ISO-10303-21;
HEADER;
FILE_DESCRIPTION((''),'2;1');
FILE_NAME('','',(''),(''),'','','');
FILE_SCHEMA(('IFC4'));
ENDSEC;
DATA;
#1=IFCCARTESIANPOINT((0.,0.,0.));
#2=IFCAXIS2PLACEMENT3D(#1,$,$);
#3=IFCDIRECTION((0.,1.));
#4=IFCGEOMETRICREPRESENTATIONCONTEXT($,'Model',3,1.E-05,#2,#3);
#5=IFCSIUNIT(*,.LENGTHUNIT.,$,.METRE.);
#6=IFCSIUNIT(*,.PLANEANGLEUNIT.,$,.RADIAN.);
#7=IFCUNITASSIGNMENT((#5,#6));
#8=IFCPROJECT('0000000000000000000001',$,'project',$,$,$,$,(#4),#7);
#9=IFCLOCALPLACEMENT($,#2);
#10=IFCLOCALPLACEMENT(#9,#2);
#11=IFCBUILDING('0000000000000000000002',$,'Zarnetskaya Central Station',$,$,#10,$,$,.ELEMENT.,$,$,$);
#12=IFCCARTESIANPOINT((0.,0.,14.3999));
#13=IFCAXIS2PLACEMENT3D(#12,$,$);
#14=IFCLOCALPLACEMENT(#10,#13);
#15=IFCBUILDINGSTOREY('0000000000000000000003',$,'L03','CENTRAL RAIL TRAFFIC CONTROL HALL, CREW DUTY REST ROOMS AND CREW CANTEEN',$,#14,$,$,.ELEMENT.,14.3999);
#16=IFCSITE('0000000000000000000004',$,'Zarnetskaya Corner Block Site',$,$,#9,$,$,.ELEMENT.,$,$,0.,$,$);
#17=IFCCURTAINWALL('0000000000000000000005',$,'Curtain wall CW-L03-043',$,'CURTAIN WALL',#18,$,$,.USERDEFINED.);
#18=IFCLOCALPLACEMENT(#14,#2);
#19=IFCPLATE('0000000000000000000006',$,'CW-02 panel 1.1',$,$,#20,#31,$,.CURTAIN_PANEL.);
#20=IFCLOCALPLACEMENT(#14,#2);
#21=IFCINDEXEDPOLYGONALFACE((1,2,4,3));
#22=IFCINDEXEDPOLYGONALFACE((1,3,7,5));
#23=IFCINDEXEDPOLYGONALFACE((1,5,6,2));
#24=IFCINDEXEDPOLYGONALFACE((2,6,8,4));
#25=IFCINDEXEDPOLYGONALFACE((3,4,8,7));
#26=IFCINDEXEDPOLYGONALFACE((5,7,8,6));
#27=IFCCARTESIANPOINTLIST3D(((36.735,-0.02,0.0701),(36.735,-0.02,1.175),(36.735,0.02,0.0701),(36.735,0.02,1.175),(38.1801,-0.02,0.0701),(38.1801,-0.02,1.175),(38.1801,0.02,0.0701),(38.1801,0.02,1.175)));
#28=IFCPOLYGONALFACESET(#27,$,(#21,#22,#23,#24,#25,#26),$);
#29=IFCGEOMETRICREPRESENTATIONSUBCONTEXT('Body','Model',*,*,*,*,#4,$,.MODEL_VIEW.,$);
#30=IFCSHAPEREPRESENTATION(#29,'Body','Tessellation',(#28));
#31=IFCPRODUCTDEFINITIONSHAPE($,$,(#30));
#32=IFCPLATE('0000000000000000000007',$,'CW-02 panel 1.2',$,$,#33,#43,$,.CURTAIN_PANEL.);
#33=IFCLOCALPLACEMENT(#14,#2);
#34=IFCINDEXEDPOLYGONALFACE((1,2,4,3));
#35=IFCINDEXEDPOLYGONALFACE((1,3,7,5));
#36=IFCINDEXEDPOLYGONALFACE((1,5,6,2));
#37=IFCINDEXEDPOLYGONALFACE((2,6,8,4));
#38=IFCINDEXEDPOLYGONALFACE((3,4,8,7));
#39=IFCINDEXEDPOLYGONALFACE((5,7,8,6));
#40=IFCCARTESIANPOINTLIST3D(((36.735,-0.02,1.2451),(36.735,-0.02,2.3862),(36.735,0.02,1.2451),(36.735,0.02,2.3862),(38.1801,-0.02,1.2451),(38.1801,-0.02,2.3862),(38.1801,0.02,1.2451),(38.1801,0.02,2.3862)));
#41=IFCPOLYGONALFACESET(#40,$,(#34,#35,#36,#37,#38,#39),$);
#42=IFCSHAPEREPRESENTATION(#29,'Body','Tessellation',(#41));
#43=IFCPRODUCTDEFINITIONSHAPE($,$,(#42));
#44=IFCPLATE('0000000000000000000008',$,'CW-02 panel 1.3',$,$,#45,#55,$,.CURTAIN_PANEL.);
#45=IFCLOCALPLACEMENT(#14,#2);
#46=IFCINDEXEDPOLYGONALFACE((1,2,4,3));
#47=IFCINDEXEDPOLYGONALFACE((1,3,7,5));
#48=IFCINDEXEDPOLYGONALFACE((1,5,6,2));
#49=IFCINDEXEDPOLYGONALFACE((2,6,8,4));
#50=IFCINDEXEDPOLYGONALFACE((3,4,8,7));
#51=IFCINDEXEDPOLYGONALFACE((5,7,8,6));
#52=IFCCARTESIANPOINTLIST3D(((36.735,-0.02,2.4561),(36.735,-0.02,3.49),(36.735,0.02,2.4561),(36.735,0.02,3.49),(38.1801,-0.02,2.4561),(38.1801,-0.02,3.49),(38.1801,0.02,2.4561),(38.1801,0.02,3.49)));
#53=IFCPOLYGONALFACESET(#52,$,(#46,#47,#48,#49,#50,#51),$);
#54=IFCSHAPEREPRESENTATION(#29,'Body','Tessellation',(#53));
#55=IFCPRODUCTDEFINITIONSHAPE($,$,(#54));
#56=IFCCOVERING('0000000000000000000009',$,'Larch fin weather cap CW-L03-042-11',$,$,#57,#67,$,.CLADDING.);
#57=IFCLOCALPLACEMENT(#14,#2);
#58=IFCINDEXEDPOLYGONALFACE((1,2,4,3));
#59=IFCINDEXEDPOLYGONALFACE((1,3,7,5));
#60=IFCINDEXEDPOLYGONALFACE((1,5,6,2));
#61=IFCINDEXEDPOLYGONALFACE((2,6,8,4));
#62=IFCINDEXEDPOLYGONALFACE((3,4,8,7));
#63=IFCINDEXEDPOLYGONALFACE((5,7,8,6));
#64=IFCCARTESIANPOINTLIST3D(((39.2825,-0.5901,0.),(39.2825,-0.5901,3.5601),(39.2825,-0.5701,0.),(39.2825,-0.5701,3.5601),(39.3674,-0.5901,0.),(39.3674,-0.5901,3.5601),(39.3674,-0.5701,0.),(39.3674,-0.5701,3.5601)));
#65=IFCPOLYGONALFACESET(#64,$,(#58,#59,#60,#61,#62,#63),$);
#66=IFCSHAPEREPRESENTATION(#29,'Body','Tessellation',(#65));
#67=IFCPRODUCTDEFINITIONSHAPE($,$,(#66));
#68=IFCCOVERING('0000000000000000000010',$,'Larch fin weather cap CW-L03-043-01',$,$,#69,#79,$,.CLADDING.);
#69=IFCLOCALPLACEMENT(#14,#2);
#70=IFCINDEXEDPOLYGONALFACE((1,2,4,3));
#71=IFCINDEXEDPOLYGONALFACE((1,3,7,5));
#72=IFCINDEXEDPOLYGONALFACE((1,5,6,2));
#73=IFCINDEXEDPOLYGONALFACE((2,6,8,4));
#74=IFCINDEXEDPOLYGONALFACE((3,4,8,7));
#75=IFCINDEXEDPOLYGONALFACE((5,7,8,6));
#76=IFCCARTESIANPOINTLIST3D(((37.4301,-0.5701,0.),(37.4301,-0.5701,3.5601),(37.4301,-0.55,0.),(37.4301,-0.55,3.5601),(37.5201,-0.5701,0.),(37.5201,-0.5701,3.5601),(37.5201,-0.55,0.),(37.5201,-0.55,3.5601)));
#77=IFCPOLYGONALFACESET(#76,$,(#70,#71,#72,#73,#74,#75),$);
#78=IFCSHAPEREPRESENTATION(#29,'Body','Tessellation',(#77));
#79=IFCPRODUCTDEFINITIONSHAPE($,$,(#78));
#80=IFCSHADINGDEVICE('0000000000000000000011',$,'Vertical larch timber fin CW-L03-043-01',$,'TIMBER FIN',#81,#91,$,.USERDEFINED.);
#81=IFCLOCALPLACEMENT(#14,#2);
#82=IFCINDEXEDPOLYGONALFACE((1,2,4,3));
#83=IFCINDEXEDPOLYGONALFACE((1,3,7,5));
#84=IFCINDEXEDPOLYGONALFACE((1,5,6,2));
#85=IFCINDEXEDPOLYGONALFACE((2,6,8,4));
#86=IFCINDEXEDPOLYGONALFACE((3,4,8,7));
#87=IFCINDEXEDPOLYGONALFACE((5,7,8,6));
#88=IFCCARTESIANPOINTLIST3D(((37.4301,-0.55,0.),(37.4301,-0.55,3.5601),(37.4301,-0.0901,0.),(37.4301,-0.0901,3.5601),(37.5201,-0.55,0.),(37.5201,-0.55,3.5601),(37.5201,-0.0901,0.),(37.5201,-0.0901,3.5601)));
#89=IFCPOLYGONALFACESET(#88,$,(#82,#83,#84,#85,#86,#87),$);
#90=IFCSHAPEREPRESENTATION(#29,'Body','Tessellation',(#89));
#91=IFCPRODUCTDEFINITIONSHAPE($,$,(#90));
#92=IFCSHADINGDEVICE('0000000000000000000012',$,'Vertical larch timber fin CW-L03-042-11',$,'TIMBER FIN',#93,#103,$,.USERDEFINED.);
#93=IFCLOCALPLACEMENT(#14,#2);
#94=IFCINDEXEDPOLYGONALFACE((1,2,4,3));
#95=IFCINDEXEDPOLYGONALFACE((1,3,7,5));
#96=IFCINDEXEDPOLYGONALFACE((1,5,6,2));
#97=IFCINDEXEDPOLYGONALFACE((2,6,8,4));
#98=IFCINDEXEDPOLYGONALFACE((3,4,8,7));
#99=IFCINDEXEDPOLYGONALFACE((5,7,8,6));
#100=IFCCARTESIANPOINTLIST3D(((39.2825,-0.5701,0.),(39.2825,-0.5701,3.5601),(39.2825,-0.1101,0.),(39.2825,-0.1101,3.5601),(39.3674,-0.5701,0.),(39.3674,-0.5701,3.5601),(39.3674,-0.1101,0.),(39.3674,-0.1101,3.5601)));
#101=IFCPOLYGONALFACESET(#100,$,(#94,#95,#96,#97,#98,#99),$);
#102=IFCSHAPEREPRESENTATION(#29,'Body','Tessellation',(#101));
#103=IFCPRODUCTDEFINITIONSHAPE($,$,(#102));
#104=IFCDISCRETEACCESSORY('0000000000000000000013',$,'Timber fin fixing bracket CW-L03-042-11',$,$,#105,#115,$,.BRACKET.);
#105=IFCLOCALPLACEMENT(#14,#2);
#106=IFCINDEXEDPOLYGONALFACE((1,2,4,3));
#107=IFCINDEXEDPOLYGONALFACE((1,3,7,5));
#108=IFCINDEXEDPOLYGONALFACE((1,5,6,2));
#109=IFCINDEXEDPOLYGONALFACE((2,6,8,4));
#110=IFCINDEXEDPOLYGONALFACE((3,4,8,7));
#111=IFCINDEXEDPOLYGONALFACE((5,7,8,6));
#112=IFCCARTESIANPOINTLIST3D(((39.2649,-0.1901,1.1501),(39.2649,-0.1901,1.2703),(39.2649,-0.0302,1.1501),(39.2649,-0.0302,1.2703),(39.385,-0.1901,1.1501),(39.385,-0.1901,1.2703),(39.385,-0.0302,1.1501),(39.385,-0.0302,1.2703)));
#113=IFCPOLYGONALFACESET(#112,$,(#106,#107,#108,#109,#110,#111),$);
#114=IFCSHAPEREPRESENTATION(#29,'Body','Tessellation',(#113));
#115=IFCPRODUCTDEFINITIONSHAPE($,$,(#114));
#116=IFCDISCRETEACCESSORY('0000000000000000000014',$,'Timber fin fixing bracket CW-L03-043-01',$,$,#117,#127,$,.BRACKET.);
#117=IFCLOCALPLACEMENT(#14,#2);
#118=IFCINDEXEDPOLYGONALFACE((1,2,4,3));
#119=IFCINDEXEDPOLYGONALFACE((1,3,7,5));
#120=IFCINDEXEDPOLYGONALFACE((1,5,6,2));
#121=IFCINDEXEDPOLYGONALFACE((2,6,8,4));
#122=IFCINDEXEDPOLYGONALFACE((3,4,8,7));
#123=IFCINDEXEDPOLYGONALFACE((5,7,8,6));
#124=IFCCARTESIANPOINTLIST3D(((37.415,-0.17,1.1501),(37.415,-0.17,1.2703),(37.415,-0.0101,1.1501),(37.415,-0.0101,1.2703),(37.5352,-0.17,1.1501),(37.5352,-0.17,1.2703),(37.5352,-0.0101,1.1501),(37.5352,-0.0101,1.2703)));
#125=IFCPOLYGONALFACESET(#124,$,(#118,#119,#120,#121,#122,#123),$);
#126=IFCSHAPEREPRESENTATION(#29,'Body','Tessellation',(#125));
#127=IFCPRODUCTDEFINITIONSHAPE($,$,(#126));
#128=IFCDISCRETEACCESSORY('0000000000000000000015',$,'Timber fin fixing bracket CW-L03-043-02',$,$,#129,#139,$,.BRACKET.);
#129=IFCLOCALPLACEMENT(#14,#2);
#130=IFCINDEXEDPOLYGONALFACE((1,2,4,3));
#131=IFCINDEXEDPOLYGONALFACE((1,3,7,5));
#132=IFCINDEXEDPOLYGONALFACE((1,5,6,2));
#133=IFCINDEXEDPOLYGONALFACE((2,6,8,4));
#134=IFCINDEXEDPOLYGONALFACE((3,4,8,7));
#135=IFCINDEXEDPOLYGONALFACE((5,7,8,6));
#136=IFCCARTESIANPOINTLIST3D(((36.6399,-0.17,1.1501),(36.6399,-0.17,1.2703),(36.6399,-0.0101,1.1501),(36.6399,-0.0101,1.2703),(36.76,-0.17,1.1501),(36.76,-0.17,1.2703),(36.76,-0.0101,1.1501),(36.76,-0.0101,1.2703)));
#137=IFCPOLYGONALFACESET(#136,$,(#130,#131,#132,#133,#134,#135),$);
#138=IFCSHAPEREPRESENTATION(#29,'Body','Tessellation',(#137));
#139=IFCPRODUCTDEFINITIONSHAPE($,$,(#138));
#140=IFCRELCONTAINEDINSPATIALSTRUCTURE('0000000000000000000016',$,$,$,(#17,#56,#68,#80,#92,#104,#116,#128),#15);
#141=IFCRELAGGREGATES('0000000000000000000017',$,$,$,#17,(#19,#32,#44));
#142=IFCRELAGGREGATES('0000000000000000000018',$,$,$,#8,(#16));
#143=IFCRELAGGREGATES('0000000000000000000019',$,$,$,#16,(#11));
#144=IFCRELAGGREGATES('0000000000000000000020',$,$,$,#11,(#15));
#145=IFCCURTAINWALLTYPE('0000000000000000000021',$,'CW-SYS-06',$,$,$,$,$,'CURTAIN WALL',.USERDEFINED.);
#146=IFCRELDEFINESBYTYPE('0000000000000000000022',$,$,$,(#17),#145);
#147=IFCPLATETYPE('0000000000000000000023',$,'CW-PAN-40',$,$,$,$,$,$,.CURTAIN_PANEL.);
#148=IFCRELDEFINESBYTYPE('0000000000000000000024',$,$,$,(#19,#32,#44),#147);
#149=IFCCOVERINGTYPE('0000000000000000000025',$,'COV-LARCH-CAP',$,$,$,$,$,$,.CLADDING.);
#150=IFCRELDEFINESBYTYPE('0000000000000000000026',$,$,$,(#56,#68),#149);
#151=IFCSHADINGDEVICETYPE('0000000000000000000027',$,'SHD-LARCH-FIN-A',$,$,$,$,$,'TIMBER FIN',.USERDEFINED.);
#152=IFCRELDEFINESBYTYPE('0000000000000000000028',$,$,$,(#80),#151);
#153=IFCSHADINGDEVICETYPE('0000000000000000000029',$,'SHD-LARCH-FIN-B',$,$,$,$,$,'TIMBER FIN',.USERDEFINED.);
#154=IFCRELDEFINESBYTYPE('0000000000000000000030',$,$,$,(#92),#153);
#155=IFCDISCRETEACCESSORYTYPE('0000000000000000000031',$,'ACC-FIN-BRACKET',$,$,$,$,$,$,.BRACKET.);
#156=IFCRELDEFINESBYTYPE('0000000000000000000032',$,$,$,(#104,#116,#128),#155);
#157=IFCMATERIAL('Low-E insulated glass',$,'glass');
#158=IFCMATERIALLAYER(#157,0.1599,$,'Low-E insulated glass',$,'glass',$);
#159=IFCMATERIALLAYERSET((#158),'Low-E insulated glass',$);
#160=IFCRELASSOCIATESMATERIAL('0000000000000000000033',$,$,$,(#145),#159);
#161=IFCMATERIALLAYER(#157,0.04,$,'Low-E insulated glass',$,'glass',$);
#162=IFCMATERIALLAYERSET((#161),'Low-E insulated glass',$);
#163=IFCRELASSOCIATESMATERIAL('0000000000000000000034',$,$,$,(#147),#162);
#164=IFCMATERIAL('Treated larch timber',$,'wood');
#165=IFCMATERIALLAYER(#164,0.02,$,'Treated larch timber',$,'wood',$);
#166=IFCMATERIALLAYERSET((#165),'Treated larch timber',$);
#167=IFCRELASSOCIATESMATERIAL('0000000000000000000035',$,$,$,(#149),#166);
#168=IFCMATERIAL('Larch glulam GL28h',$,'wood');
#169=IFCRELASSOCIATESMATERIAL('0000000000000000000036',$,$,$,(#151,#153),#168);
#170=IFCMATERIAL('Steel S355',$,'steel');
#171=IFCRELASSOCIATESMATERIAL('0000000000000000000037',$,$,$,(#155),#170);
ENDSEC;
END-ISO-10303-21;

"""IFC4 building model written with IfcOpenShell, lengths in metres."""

from ifc_helpers import new_model, si_unit, direction, frame, origin, origin_2d, place, context, subcontext, project, spatial, rectangle, extrude, material, layer, layer_set, type_object, element, aggregate, save


model = new_model("IFC4")

# Units and contexts
model_context = context("Model", 3, precision=1e-05, world=origin(), true_north=direction((0.0, 1.0)))
body_context = subcontext(model_context, "Body", "Model", "MODEL_VIEW")
ifc_project = project(units=[si_unit("LENGTHUNIT", "METRE"), si_unit("PLANEANGLEUNIT", "RADIAN")], contexts=[model_context])

# Site, building, storey
site_placement = place(None, origin())
site = spatial("IfcSite", under=ifc_project, at=site_placement, Name="Zarnetskaya Corner Block Site", CompositionType="ELEMENT", RefElevation=0.0)
building_placement = place(site_placement, origin())
building = spatial("IfcBuilding", under=site, at=building_placement, Name="Zarnetskaya Central Station", CompositionType="ELEMENT")
storey_placement = place(building_placement, frame((0.0, 0.0, 14.3999)))
storey = spatial("IfcBuildingStorey", under=building, at=storey_placement, Name="L03", Description="CENTRAL RAIL TRAFFIC CONTROL HALL, CREW DUTY REST ROOMS AND CREW CANTEEN", CompositionType="ELEMENT", Elevation=14.3999)

# Shared definitions
ifc_material_1 = material(Name="Steel S355", Category="steel")

# Curtain wall
ifc_material_2 = material(Name="Low-E insulated glass", Category="glass")
ifc_layer_1 = layer(ifc_material_2, 0.1599, Name="Low-E insulated glass", Category="glass")
ifc_layer_set_1 = layer_set([ifc_layer_1], Name="Low-E insulated glass")
curtain_wall_type_1 = type_object("IfcCurtainWallType", Name="CW-SYS-06", ElementType="CURTAIN WALL", PredefinedType="USERDEFINED", material=ifc_layer_set_1)
curtain_wall_1_placement = place(storey_placement, origin())
curtain_wall_1 = element("IfcCurtainWall", 1, at=curtain_wall_1_placement, inside=storey, type_object=curtain_wall_type_1, Name="Curtain wall CW-L03-043", ObjectType="CURTAIN WALL", PredefinedType="USERDEFINED")

# Plates
ifc_layer_2 = layer(ifc_material_2, 0.04, Name="Low-E insulated glass", Category="glass")
ifc_layer_set_2 = layer_set([ifc_layer_2], Name="Low-E insulated glass")
plate_type_1 = type_object("IfcPlateType", Name="CW-PAN-40", PredefinedType="CURTAIN_PANEL", material=ifc_layer_set_2)
plate_1_placement = place(storey_placement, frame((37.4575, 0.0, 0.0701), z_axis=(0.0, 0.0, 1.0), x_axis=(-1.0, 0.0, 0.0)))
plate_1 = element("IfcPlate", 2, at=plate_1_placement, type_object=plate_type_1, Name="CW-02 panel 1.1", PredefinedType="CURTAIN_PANEL", context=body_context, shape_type="SweptSolid", body=[
    extrude(rectangle(XDim=1.4451, YDim=0.04, at=origin_2d()), origin(), (0.0, 0.0, 1.0), 1.105),
])
plate_2_placement = place(storey_placement, frame((37.4575, 0.0, 1.2451), z_axis=(0.0, 0.0, 1.0), x_axis=(-1.0, 0.0, 0.0)))
plate_2 = element("IfcPlate", 3, at=plate_2_placement, type_object=plate_type_1, Name="CW-02 panel 1.2", PredefinedType="CURTAIN_PANEL", context=body_context, shape_type="SweptSolid", body=[
    extrude(rectangle(XDim=1.4451, YDim=0.04, at=origin_2d()), origin(), (0.0, 0.0, 1.0), 1.1411),
])
plate_3_placement = place(storey_placement, frame((37.4575, 0.0, 2.4561), z_axis=(0.0, 0.0, 1.0), x_axis=(-1.0, 0.0, 0.0)))
plate_3 = element("IfcPlate", 4, at=plate_3_placement, type_object=plate_type_1, Name="CW-02 panel 1.3", PredefinedType="CURTAIN_PANEL", context=body_context, shape_type="SweptSolid", body=[
    extrude(rectangle(XDim=1.4451, YDim=0.04, at=origin_2d()), origin(), (0.0, 0.0, 1.0), 1.0339),
])
aggregate(curtain_wall_1, [plate_1, plate_2, plate_3])

# Coverings
ifc_material_3 = material(Name="Treated larch timber", Category="wood")
ifc_layer_3 = layer(ifc_material_3, 0.02, Name="Treated larch timber", Category="wood")
ifc_layer_set_3 = layer_set([ifc_layer_3], Name="Treated larch timber")
covering_type = type_object("IfcCoveringType", Name="COV-LARCH-CAP", PredefinedType="CLADDING", material=ifc_layer_set_3)
covering_1_placement = place(storey_placement, frame((39.325, -0.5801, 0.0), z_axis=(0.0, 0.0, 1.0), x_axis=(-1.0, 0.0, 0.0)))
element("IfcCovering", 5, at=covering_1_placement, inside=storey, type_object=covering_type, Name="Larch fin weather cap CW-L03-042-11", PredefinedType="CLADDING", context=body_context, shape_type="SweptSolid", body=[
    extrude(rectangle(XDim=0.085, YDim=0.02, at=origin_2d()), origin(), (0.0, 0.0, 1.0), 3.5601),
])
covering_2_placement = place(storey_placement, frame((37.4751, -0.5601, 0.0), z_axis=(0.0, 0.0, 1.0), x_axis=(-1.0, 0.0, 0.0)))
element("IfcCovering", 6, at=covering_2_placement, inside=storey, type_object=covering_type, Name="Larch fin weather cap CW-L03-043-01", PredefinedType="CLADDING", context=body_context, shape_type="SweptSolid", body=[
    extrude(rectangle(XDim=0.0901, YDim=0.02, at=origin_2d()), origin(), (0.0, 0.0, 1.0), 3.5601),
])

# Shading devices
ifc_material_4 = material(Name="Larch glulam GL28h", Category="wood")
shading_device_type_1 = type_object("IfcShadingDeviceType", Name="SHD-LARCH-FIN-A", ElementType="TIMBER FIN", PredefinedType="USERDEFINED", material=ifc_material_4)
shading_device_1_placement = place(storey_placement, frame((37.4751, -0.3201, 0.0), z_axis=(0.0, 0.0, 1.0), x_axis=(-1.0, 0.0, 0.0)))
element("IfcShadingDevice", 7, at=shading_device_1_placement, inside=storey, type_object=shading_device_type_1, Name="Vertical larch timber fin CW-L03-043-01", ObjectType="TIMBER FIN", PredefinedType="USERDEFINED", context=body_context, shape_type="SweptSolid", body=[
    extrude(rectangle(XDim=0.0901, YDim=0.46, at=origin_2d()), origin(), (0.0, 0.0, 1.0), 3.5601),
])
shading_device_type_2 = type_object("IfcShadingDeviceType", Name="SHD-LARCH-FIN-B", ElementType="TIMBER FIN", PredefinedType="USERDEFINED", material=ifc_material_4)
shading_device_2_placement = place(storey_placement, frame((39.325, -0.3401, 0.0), z_axis=(0.0, 0.0, 1.0), x_axis=(-1.0, 0.0, 0.0)))
element("IfcShadingDevice", 8, at=shading_device_2_placement, inside=storey, type_object=shading_device_type_2, Name="Vertical larch timber fin CW-L03-042-11", ObjectType="TIMBER FIN", PredefinedType="USERDEFINED", context=body_context, shape_type="SweptSolid", body=[
    extrude(rectangle(XDim=0.085, YDim=0.46, at=origin_2d()), origin(), (0.0, 0.0, 1.0), 3.5601),
])

# Discrete accessories
discrete_accessory_type = type_object("IfcDiscreteAccessoryType", Name="ACC-FIN-BRACKET", PredefinedType="BRACKET", material=ifc_material_1)
for number, where, z_axis, x_axis, name in (
    (9, (39.325, -0.1101, 1.1501), (0.0, 0.0, 1.0), (-1.0, 0.0, 0.0), "Timber fin fixing bracket CW-L03-042-11"),
    (10, (37.4751, -0.0901, 1.1501), (0.0, 0.0, 1.0), (-1.0, 0.0, 0.0), "Timber fin fixing bracket CW-L03-043-01"),
    (11, (36.7, -0.0901, 1.1501), (0.0, 0.0, 1.0), (-1.0, 0.0, 0.0), "Timber fin fixing bracket CW-L03-043-02"),
):
    element("IfcDiscreteAccessory", number, at=place(storey_placement, frame(where, z_axis=z_axis, x_axis=x_axis)), inside=storey, type_object=discrete_accessory_type, Name=name, PredefinedType="BRACKET", context=body_context, shape_type="SweptSolid", body=[
        extrude(rectangle(XDim=0.1201, YDim=0.1599, at=origin_2d()), origin(), (0.0, 0.0, 1.0), 0.1201),
    ])

save(model, "model.ifc")
